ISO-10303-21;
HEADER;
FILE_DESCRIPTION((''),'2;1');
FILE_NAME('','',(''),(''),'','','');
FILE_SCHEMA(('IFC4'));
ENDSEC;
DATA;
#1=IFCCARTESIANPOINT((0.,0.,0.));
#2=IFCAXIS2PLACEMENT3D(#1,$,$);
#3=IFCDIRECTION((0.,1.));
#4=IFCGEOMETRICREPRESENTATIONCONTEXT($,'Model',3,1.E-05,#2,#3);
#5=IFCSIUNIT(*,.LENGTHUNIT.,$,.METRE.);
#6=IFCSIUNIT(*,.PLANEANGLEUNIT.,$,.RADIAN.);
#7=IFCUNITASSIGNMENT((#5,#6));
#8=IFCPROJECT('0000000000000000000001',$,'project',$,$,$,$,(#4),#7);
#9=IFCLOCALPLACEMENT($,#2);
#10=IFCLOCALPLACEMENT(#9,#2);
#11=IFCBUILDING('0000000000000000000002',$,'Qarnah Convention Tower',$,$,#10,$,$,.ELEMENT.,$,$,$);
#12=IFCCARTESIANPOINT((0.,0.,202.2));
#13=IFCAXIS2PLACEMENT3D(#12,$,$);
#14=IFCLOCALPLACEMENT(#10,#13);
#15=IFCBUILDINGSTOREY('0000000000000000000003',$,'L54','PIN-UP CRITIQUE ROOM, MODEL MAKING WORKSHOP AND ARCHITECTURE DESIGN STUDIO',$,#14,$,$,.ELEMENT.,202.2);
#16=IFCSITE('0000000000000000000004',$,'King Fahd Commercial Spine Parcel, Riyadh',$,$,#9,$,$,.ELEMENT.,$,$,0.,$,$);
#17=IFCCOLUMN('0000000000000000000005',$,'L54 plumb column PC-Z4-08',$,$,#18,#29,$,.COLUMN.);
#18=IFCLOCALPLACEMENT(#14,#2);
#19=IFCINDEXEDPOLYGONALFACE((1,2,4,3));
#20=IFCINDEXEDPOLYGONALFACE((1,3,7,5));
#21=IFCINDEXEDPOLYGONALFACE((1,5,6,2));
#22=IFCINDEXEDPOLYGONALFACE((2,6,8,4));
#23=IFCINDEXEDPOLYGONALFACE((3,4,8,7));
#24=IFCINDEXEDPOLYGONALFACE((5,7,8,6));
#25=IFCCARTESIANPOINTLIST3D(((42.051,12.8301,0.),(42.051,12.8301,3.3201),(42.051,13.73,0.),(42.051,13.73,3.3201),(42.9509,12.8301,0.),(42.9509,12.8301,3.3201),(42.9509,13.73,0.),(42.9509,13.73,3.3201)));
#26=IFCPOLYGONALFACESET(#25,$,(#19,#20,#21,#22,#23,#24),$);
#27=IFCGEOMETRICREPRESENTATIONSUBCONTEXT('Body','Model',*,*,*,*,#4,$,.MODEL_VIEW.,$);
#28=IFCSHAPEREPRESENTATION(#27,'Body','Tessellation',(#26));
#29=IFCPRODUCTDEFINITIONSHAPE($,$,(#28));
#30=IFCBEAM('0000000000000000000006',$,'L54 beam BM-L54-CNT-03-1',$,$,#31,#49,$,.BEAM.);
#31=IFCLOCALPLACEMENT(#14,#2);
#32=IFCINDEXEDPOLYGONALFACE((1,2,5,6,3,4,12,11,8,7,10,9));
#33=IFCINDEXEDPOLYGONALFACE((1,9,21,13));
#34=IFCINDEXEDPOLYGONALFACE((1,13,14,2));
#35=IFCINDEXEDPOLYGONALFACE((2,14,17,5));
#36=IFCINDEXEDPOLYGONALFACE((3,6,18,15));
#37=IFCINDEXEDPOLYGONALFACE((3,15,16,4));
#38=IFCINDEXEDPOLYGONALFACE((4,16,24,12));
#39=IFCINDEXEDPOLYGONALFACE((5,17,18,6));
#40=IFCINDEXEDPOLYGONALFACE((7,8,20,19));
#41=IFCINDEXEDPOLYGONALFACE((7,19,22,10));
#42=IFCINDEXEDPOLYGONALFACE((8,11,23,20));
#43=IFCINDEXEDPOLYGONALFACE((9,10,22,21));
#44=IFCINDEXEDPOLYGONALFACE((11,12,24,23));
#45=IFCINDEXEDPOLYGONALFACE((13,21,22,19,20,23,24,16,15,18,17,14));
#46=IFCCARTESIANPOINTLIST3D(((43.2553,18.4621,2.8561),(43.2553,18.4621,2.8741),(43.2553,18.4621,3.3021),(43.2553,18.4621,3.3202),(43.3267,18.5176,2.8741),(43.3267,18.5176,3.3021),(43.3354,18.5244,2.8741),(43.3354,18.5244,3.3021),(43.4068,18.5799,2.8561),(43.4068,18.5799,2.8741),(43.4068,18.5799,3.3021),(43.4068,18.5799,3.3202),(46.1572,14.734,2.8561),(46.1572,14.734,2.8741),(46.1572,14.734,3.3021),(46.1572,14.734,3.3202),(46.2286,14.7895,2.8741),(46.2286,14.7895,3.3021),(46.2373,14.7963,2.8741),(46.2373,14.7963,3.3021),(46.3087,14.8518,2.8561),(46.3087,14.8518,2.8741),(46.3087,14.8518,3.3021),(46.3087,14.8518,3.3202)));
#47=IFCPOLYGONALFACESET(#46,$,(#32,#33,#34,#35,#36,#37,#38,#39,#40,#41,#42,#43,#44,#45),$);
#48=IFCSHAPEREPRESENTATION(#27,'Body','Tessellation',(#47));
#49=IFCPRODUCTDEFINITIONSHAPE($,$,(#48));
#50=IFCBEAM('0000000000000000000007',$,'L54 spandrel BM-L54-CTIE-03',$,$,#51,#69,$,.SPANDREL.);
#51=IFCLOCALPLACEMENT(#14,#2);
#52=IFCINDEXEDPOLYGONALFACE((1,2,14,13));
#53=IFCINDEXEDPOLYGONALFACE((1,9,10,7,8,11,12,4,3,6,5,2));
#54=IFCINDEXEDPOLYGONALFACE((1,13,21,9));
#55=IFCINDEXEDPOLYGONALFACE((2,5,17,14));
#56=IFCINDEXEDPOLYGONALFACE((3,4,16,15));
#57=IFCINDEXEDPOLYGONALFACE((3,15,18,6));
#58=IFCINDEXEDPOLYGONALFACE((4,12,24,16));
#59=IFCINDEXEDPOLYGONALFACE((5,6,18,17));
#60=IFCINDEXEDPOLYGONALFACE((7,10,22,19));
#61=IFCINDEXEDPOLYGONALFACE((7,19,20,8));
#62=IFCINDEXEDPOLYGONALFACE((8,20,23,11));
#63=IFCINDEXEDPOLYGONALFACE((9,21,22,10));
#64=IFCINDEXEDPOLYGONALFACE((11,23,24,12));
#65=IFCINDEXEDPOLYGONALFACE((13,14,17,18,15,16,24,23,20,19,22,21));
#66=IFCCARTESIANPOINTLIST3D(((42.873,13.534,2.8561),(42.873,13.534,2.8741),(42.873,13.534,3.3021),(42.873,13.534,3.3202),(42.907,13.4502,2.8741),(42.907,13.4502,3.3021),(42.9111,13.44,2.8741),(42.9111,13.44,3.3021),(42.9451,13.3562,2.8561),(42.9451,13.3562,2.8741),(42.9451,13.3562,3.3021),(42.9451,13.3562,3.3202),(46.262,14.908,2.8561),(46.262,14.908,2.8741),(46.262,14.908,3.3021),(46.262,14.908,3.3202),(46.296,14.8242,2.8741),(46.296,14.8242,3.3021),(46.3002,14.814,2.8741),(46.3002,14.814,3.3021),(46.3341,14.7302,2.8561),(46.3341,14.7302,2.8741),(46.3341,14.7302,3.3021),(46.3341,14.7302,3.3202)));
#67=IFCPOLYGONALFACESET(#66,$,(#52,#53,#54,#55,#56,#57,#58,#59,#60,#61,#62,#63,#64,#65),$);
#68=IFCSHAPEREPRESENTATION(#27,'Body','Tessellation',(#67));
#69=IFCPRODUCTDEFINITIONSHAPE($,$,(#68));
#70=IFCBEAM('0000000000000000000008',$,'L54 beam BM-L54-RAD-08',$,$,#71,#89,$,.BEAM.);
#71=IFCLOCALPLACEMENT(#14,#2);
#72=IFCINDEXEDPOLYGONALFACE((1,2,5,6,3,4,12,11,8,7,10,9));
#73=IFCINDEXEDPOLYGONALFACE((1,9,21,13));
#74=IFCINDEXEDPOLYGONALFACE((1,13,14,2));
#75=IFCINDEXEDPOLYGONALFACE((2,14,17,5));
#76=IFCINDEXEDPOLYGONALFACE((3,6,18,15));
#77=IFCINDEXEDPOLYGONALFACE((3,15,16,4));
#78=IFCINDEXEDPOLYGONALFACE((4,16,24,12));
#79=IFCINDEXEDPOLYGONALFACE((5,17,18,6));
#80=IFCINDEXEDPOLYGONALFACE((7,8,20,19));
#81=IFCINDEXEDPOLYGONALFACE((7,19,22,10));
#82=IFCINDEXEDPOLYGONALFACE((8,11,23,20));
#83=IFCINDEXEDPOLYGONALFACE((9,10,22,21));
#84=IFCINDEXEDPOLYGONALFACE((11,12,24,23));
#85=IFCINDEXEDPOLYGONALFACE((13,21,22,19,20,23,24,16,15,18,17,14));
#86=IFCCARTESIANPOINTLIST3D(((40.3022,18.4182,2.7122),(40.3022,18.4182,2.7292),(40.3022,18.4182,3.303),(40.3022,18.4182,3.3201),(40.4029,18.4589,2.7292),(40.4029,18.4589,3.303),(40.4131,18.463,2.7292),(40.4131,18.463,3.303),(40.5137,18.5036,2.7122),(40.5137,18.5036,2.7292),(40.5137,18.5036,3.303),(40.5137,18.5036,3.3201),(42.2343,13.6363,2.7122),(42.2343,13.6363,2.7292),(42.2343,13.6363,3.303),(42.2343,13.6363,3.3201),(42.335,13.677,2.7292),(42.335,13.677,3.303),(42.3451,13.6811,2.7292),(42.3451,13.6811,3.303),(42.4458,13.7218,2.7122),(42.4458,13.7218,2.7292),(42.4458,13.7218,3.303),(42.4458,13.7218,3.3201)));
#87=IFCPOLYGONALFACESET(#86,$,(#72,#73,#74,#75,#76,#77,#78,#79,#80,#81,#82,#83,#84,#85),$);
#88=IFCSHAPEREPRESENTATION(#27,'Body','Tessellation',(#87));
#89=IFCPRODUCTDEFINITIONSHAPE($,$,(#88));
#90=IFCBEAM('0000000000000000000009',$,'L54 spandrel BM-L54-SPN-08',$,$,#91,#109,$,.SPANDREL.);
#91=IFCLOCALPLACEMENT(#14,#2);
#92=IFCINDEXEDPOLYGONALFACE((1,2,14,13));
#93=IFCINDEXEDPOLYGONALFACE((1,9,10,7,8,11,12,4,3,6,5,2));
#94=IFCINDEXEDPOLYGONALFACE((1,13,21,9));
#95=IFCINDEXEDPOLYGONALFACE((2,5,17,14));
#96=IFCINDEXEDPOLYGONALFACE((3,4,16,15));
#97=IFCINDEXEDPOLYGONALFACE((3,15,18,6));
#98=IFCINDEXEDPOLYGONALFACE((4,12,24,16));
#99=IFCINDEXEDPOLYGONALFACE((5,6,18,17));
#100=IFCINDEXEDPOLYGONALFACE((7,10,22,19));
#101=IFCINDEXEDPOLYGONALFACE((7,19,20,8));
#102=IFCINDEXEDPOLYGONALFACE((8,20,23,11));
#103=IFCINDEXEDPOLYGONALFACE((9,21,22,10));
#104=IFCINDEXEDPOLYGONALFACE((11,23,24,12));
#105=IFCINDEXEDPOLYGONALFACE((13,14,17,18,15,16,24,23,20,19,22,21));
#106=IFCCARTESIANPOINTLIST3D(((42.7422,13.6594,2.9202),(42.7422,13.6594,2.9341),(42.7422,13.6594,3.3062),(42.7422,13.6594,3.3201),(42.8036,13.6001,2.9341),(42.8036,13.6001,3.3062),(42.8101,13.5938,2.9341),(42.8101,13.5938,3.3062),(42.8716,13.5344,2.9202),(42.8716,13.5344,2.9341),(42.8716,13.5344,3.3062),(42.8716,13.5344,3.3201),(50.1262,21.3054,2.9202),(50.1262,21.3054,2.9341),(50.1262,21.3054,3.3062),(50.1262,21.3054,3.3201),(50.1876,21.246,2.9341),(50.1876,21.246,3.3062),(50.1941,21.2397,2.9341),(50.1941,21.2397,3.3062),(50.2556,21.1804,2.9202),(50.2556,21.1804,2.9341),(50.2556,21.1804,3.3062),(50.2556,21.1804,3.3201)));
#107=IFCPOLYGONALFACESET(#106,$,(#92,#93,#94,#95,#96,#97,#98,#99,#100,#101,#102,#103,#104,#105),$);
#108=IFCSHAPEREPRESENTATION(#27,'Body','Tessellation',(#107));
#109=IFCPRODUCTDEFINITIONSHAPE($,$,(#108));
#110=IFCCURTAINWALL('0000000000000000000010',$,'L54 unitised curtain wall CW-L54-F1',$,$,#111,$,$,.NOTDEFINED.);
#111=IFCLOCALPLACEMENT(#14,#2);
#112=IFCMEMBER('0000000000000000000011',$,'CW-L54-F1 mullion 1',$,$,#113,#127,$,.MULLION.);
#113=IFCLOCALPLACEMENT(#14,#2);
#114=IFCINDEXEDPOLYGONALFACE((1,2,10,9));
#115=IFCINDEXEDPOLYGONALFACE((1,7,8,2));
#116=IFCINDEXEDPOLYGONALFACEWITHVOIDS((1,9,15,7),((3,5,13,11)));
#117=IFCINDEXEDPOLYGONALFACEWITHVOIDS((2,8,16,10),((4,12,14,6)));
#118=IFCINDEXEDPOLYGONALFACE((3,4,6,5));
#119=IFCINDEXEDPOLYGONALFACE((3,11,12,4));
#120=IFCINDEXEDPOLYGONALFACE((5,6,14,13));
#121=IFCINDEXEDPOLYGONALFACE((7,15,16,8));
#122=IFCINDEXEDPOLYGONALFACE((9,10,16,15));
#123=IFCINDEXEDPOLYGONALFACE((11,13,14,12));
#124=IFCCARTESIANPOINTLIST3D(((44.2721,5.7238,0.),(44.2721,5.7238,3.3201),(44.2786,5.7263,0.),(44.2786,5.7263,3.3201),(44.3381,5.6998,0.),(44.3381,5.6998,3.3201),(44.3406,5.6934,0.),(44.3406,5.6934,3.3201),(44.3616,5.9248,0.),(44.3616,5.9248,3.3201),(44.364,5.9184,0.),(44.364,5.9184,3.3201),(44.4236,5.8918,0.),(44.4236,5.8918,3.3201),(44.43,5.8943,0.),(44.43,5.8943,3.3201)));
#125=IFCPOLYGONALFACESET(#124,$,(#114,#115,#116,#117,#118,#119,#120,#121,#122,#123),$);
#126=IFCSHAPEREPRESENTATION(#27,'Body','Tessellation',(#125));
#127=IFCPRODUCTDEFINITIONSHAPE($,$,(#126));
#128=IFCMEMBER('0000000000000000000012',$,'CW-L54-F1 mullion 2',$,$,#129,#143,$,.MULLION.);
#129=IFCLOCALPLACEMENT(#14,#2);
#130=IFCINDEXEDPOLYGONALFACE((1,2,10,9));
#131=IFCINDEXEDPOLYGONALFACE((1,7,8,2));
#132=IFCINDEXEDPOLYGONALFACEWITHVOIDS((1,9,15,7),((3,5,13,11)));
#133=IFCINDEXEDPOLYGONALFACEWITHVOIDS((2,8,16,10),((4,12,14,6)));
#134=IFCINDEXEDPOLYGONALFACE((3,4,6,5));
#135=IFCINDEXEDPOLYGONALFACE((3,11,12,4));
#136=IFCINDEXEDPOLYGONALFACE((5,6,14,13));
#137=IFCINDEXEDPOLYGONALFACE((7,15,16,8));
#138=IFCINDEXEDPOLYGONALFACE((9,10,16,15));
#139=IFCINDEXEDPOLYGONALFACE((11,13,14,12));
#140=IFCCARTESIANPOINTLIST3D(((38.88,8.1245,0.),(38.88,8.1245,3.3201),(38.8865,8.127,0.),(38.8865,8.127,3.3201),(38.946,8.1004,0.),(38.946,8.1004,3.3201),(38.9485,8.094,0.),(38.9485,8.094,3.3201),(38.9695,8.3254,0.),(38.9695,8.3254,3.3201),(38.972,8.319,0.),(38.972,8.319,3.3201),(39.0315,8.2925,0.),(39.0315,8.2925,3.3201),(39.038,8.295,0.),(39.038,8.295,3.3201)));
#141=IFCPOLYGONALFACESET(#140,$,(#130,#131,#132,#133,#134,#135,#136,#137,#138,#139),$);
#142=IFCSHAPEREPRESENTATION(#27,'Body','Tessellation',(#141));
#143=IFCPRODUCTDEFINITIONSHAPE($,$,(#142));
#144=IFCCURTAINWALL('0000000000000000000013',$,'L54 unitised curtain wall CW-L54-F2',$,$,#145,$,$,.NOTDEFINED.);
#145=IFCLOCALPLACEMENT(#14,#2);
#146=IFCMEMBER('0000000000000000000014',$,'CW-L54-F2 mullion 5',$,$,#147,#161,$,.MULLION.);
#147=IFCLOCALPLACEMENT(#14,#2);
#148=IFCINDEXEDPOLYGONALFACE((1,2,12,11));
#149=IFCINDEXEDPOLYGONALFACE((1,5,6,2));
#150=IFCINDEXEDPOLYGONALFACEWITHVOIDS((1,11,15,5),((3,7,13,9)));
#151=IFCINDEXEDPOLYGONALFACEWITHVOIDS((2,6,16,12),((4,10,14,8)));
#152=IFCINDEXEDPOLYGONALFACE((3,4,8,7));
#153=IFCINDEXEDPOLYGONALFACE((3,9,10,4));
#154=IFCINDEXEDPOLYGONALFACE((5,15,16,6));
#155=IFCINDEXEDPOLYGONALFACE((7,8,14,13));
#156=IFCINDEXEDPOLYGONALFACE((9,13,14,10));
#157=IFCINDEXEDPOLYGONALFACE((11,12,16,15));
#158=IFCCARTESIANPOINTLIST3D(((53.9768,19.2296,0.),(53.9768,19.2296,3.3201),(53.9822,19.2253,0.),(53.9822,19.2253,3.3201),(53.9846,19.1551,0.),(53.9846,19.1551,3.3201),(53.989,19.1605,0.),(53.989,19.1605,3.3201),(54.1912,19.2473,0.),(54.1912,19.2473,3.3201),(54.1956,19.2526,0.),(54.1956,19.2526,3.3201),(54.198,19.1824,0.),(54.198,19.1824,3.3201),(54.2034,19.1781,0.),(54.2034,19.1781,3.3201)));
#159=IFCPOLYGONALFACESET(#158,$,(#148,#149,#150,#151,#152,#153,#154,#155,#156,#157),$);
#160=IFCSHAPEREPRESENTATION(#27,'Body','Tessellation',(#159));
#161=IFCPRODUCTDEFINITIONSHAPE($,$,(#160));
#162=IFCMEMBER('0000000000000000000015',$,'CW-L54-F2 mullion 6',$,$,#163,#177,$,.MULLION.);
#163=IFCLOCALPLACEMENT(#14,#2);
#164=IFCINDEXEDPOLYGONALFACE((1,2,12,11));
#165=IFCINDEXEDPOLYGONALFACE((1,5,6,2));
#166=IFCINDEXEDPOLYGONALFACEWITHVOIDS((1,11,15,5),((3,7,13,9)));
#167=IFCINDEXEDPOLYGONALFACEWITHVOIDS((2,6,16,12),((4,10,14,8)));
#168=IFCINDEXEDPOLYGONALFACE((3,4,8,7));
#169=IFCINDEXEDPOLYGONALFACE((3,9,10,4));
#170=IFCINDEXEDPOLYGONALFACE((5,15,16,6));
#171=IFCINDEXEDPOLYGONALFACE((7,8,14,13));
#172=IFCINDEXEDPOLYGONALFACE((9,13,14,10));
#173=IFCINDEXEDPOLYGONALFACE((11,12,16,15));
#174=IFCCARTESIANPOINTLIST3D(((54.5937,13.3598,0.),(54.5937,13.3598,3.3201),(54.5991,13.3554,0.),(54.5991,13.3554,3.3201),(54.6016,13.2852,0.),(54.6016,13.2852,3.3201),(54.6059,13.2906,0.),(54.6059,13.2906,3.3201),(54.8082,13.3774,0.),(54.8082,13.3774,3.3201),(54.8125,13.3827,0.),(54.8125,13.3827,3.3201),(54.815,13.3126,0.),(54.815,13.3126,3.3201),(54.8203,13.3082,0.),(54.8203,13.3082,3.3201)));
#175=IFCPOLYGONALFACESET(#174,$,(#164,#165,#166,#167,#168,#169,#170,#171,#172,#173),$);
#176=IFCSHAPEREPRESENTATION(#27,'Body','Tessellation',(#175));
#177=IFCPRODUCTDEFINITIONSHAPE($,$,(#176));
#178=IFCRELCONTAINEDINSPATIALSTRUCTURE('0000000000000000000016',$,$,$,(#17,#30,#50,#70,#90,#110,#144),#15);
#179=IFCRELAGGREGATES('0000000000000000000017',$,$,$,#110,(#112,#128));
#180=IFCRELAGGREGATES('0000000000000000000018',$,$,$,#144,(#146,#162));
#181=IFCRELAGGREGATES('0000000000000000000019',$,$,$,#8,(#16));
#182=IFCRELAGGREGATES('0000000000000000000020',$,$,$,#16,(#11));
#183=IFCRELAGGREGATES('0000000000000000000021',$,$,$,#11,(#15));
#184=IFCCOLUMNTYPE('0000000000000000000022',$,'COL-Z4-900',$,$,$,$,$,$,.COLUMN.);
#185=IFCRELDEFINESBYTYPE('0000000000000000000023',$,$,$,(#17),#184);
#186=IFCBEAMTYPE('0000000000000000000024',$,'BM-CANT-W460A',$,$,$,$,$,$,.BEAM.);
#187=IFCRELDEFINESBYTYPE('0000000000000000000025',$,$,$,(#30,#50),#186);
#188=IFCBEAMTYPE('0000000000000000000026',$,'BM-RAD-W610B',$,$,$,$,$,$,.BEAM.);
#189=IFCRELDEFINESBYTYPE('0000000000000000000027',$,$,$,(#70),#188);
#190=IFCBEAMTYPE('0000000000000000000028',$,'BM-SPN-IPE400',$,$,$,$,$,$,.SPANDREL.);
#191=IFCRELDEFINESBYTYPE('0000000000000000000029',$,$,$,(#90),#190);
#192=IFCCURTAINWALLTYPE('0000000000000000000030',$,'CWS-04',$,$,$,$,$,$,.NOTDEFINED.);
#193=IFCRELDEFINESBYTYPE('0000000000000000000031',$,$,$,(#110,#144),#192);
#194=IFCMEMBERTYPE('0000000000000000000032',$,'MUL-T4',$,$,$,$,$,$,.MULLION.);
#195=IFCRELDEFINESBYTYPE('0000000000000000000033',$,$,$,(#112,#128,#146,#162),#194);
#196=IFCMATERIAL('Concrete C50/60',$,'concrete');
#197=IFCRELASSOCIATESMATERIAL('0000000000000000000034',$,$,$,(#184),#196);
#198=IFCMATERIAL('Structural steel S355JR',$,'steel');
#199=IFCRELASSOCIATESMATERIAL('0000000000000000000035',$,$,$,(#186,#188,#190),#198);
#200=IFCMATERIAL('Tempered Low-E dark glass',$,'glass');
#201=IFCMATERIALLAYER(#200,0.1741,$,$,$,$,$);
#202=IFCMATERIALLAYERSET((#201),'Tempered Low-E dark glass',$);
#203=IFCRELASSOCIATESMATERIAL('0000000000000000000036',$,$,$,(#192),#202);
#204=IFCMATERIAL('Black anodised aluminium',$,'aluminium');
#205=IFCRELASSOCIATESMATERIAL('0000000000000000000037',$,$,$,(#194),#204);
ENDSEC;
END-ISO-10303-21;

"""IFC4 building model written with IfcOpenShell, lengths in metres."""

from ifc_helpers import new_model, si_unit, direction, frame, origin, origin_2d, place, context, subcontext, project, spatial, rectangle, hollow_rectangle, i_section, extrude, material, layer, layer_set, material_profile, profile_set, type_object, element, aggregate, save


model = new_model("IFC4")

# Units and contexts
model_context = context("Model", 3, precision=1e-05, world=origin(), true_north=direction((0.0, 1.0)))
body_context = subcontext(model_context, "Body", "Model", "MODEL_VIEW")
ifc_project = project(units=[si_unit("LENGTHUNIT", "METRE"), si_unit("PLANEANGLEUNIT", "RADIAN")], contexts=[model_context])

# Site, building, storey
site_placement = place(None, origin())
site = spatial("IfcSite", under=ifc_project, at=site_placement, Name="King Fahd Commercial Spine Parcel, Riyadh", CompositionType="ELEMENT", RefElevation=0.0)
building_placement = place(site_placement, origin())
building = spatial("IfcBuilding", under=site, at=building_placement, Name="Qarnah Convention Tower", CompositionType="ELEMENT")
storey_placement = place(building_placement, frame((0.0, 0.0, 202.2)))
storey = spatial("IfcBuildingStorey", under=building, at=storey_placement, Name="L54", Description="PIN-UP CRITIQUE ROOM, MODEL MAKING WORKSHOP AND ARCHITECTURE DESIGN STUDIO", CompositionType="ELEMENT", Elevation=202.2)

# Column
ifc_material_1 = material(Name="Concrete C50/60", Category="concrete")
ifc_material_profile_1 = material_profile(ifc_material_1, rectangle(XDim=0.8999, YDim=0.8999, at=origin_2d()), Name="RC-COL-900X900")
ifc_profile_set_1 = profile_set([ifc_material_profile_1], Name="Concrete C50/60")
column_type = type_object("IfcColumnType", Name="COL-Z4-900", PredefinedType="COLUMN", material=ifc_profile_set_1)
column_placement = place(storey_placement, frame((42.501, 13.28, 0.0), z_axis=(0.0, 0.0, 1.0), x_axis=(1.0, 0.0, 0.0)))
element("IfcColumn", 1, at=column_placement, inside=storey, type_object=column_type, Name="L54 plumb column PC-Z4-08", PredefinedType="COLUMN", context=body_context, shape_type="SweptSolid", body=[
    extrude(rectangle(XDim=0.8999, YDim=0.8999, at=origin_2d()), origin(), (0.0, 0.0, 1.0), 3.3201),
])

# Beams
ifc_material_2 = material(Name="Structural steel S355JR", Category="steel")
ifc_material_profile_2 = material_profile(ifc_material_2, i_section(OverallWidth=0.1919, OverallDepth=0.4641, WebThickness=0.011, FlangeThickness=0.0181, at=origin_2d()), Name="W460X89")
ifc_profile_set_2 = profile_set([ifc_material_profile_2], Name="Structural steel S355JR")
beam_type_1 = type_object("IfcBeamType", Name="BM-CANT-W460A", PredefinedType="BEAM", material=ifc_profile_set_2)
beam_1_placement = place(storey_placement, frame((43.3311, 18.521, 3.0881), z_axis=(0.614241, -0.789118, 0.0), x_axis=(0.789118, 0.614241, 0.0)))
element("IfcBeam", 2, at=beam_1_placement, inside=storey, type_object=beam_type_1, Name="L54 beam BM-L54-CNT-03-1", PredefinedType="BEAM", context=body_context, shape_type="SweptSolid", body=[
    extrude(i_section(OverallWidth=0.1919, OverallDepth=0.4641, WebThickness=0.011, FlangeThickness=0.0181, at=origin_2d()), origin(), (0.0, 0.0, 1.0), 4.7244),
])
beam_2_placement = place(storey_placement, frame((46.2981, 14.8191, 3.0881), z_axis=(-0.926735, -0.375714, 0.0), x_axis=(0.375714, -0.926735, 0.0)))
element("IfcBeam", 3, at=beam_2_placement, inside=storey, type_object=beam_type_1, Name="L54 spandrel BM-L54-CTIE-03", PredefinedType="SPANDREL", context=body_context, shape_type="SweptSolid", body=[
    extrude(i_section(OverallWidth=0.1919, OverallDepth=0.4641, WebThickness=0.011, FlangeThickness=0.0181, at=origin_2d()), origin(), (0.0, 0.0, 1.0), 3.657),
])
ifc_material_profile_3 = material_profile(ifc_material_2, i_section(OverallWidth=0.228, OverallDepth=0.6079, WebThickness=0.011, FlangeThickness=0.0171, at=origin_2d()), Name="W610X113")
ifc_profile_set_3 = profile_set([ifc_material_profile_3], Name="Structural steel S355JR")
beam_type_2 = type_object("IfcBeamType", Name="BM-RAD-W610B", PredefinedType="BEAM", material=ifc_profile_set_3)
beam_3_placement = place(storey_placement, frame((40.408, 18.4609, 3.0161), z_axis=(0.37462, -0.927178, 0.0), x_axis=(0.927178, 0.37462, 0.0)))
element("IfcBeam", 4, at=beam_3_placement, inside=storey, type_object=beam_type_2, Name="L54 beam BM-L54-RAD-08", PredefinedType="BEAM", context=body_context, shape_type="SweptSolid", body=[
    extrude(i_section(OverallWidth=0.228, OverallDepth=0.6079, WebThickness=0.011, FlangeThickness=0.0171, at=origin_2d()), origin(), (0.0, 0.0, 1.0), 5.1575),
])
ifc_material_profile_4 = material_profile(ifc_material_2, i_section(OverallWidth=0.1799, OverallDepth=0.3999, WebThickness=0.009, FlangeThickness=0.0139, at=origin_2d()), Name="IPE400")
ifc_profile_set_4 = profile_set([ifc_material_profile_4], Name="Structural steel S355JR")
beam_type_3 = type_object("IfcBeamType", Name="BM-SPN-IPE400", PredefinedType="SPANDREL", material=ifc_profile_set_4)
beam_4_placement = place(storey_placement, frame((42.8069, 13.5969, 3.1201), z_axis=(0.694677, 0.719322, 0.0), x_axis=(-0.719322, 0.694677, 0.0)))
element("IfcBeam", 5, at=beam_4_placement, inside=storey, type_object=beam_type_3, Name="L54 spandrel BM-L54-SPN-08", PredefinedType="SPANDREL", context=body_context, shape_type="SweptSolid", body=[
    extrude(i_section(OverallWidth=0.1799, OverallDepth=0.3999, WebThickness=0.009, FlangeThickness=0.0139, at=origin_2d()), origin(), (0.0, 0.0, 1.0), 10.6294),
])

# Curtain walls, members
ifc_material_3 = material(Name="Tempered Low-E dark glass", Category="glass")
ifc_layer_1 = layer(ifc_material_3, 0.1741)
ifc_layer_set_1 = layer_set([ifc_layer_1], Name="Tempered Low-E dark glass")
curtain_wall_type = type_object("IfcCurtainWallType", Name="CWS-04", PredefinedType="NOTDEFINED", material=ifc_layer_set_1)
curtain_wall_1_placement = place(storey_placement, origin())
curtain_wall_1 = element("IfcCurtainWall", 6, at=curtain_wall_1_placement, inside=storey, type_object=curtain_wall_type, Name="L54 unitised curtain wall CW-L54-F1", PredefinedType="NOTDEFINED")
ifc_material_4 = material(Name="Black anodised aluminium", Category="aluminium")
ifc_material_profile_5 = material_profile(ifc_material_4, hollow_rectangle(XDim=0.075, YDim=0.22, WallThickness=0.0049, at=origin_2d()), Name="MUL-75X220")
ifc_profile_set_5 = profile_set([ifc_material_profile_5], Name="Black anodised aluminium")
member_type_1 = type_object("IfcMemberType", Name="MUL-T4", PredefinedType="MULLION", material=ifc_profile_set_5)
member_1_placement = place(storey_placement, frame((44.3511, 5.8091, 0.0), z_axis=(0.0, 0.0, 1.0), x_axis=(-0.91355, 0.406726, 0.0)))
member_1 = element("IfcMember", 7, at=member_1_placement, type_object=member_type_1, Name="CW-L54-F1 mullion 1", PredefinedType="MULLION", context=body_context, shape_type="SweptSolid", body=[
    extrude(hollow_rectangle(XDim=0.075, YDim=0.22, WallThickness=0.0049, at=origin_2d()), origin(), (0.0, 0.0, 1.0), 3.3201),
])
member_2_placement = place(storey_placement, frame((38.959, 8.2097, 0.0), z_axis=(0.0, 0.0, 1.0), x_axis=(-0.91355, 0.406726, 0.0)))
member_2 = element("IfcMember", 8, at=member_2_placement, type_object=member_type_1, Name="CW-L54-F1 mullion 2", PredefinedType="MULLION", context=body_context, shape_type="SweptSolid", body=[
    extrude(hollow_rectangle(XDim=0.075, YDim=0.22, WallThickness=0.0049, at=origin_2d()), origin(), (0.0, 0.0, 1.0), 3.3201),
])
curtain_wall_2_placement = place(storey_placement, origin())
curtain_wall_2 = element("IfcCurtainWall", 9, at=curtain_wall_2_placement, inside=storey, type_object=curtain_wall_type, Name="L54 unitised curtain wall CW-L54-F2", PredefinedType="NOTDEFINED")
member_3_placement = place(storey_placement, frame((54.0901, 19.2039, 0.0), z_axis=(0.0, 0.0, 1.0), x_axis=(0.104505, -0.994524, 0.0)))
member_3 = element("IfcMember", 10, at=member_3_placement, type_object=member_type_1, Name="CW-L54-F2 mullion 5", PredefinedType="MULLION", context=body_context, shape_type="SweptSolid", body=[
    extrude(hollow_rectangle(XDim=0.075, YDim=0.22, WallThickness=0.0049, at=origin_2d()), origin(), (0.0, 0.0, 1.0), 3.3201),
])
member_4_placement = place(storey_placement, frame((54.707, 13.334, 0.0), z_axis=(0.0, 0.0, 1.0), x_axis=(0.104505, -0.994524, 0.0)))
member_4 = element("IfcMember", 11, at=member_4_placement, type_object=member_type_1, Name="CW-L54-F2 mullion 6", PredefinedType="MULLION", context=body_context, shape_type="SweptSolid", body=[
    extrude(hollow_rectangle(XDim=0.075, YDim=0.22, WallThickness=0.0049, at=origin_2d()), origin(), (0.0, 0.0, 1.0), 3.3201),
])

aggregate(curtain_wall_1, [member_1, member_2])
aggregate(curtain_wall_2, [member_3, member_4])

save(model, "model.ifc")
